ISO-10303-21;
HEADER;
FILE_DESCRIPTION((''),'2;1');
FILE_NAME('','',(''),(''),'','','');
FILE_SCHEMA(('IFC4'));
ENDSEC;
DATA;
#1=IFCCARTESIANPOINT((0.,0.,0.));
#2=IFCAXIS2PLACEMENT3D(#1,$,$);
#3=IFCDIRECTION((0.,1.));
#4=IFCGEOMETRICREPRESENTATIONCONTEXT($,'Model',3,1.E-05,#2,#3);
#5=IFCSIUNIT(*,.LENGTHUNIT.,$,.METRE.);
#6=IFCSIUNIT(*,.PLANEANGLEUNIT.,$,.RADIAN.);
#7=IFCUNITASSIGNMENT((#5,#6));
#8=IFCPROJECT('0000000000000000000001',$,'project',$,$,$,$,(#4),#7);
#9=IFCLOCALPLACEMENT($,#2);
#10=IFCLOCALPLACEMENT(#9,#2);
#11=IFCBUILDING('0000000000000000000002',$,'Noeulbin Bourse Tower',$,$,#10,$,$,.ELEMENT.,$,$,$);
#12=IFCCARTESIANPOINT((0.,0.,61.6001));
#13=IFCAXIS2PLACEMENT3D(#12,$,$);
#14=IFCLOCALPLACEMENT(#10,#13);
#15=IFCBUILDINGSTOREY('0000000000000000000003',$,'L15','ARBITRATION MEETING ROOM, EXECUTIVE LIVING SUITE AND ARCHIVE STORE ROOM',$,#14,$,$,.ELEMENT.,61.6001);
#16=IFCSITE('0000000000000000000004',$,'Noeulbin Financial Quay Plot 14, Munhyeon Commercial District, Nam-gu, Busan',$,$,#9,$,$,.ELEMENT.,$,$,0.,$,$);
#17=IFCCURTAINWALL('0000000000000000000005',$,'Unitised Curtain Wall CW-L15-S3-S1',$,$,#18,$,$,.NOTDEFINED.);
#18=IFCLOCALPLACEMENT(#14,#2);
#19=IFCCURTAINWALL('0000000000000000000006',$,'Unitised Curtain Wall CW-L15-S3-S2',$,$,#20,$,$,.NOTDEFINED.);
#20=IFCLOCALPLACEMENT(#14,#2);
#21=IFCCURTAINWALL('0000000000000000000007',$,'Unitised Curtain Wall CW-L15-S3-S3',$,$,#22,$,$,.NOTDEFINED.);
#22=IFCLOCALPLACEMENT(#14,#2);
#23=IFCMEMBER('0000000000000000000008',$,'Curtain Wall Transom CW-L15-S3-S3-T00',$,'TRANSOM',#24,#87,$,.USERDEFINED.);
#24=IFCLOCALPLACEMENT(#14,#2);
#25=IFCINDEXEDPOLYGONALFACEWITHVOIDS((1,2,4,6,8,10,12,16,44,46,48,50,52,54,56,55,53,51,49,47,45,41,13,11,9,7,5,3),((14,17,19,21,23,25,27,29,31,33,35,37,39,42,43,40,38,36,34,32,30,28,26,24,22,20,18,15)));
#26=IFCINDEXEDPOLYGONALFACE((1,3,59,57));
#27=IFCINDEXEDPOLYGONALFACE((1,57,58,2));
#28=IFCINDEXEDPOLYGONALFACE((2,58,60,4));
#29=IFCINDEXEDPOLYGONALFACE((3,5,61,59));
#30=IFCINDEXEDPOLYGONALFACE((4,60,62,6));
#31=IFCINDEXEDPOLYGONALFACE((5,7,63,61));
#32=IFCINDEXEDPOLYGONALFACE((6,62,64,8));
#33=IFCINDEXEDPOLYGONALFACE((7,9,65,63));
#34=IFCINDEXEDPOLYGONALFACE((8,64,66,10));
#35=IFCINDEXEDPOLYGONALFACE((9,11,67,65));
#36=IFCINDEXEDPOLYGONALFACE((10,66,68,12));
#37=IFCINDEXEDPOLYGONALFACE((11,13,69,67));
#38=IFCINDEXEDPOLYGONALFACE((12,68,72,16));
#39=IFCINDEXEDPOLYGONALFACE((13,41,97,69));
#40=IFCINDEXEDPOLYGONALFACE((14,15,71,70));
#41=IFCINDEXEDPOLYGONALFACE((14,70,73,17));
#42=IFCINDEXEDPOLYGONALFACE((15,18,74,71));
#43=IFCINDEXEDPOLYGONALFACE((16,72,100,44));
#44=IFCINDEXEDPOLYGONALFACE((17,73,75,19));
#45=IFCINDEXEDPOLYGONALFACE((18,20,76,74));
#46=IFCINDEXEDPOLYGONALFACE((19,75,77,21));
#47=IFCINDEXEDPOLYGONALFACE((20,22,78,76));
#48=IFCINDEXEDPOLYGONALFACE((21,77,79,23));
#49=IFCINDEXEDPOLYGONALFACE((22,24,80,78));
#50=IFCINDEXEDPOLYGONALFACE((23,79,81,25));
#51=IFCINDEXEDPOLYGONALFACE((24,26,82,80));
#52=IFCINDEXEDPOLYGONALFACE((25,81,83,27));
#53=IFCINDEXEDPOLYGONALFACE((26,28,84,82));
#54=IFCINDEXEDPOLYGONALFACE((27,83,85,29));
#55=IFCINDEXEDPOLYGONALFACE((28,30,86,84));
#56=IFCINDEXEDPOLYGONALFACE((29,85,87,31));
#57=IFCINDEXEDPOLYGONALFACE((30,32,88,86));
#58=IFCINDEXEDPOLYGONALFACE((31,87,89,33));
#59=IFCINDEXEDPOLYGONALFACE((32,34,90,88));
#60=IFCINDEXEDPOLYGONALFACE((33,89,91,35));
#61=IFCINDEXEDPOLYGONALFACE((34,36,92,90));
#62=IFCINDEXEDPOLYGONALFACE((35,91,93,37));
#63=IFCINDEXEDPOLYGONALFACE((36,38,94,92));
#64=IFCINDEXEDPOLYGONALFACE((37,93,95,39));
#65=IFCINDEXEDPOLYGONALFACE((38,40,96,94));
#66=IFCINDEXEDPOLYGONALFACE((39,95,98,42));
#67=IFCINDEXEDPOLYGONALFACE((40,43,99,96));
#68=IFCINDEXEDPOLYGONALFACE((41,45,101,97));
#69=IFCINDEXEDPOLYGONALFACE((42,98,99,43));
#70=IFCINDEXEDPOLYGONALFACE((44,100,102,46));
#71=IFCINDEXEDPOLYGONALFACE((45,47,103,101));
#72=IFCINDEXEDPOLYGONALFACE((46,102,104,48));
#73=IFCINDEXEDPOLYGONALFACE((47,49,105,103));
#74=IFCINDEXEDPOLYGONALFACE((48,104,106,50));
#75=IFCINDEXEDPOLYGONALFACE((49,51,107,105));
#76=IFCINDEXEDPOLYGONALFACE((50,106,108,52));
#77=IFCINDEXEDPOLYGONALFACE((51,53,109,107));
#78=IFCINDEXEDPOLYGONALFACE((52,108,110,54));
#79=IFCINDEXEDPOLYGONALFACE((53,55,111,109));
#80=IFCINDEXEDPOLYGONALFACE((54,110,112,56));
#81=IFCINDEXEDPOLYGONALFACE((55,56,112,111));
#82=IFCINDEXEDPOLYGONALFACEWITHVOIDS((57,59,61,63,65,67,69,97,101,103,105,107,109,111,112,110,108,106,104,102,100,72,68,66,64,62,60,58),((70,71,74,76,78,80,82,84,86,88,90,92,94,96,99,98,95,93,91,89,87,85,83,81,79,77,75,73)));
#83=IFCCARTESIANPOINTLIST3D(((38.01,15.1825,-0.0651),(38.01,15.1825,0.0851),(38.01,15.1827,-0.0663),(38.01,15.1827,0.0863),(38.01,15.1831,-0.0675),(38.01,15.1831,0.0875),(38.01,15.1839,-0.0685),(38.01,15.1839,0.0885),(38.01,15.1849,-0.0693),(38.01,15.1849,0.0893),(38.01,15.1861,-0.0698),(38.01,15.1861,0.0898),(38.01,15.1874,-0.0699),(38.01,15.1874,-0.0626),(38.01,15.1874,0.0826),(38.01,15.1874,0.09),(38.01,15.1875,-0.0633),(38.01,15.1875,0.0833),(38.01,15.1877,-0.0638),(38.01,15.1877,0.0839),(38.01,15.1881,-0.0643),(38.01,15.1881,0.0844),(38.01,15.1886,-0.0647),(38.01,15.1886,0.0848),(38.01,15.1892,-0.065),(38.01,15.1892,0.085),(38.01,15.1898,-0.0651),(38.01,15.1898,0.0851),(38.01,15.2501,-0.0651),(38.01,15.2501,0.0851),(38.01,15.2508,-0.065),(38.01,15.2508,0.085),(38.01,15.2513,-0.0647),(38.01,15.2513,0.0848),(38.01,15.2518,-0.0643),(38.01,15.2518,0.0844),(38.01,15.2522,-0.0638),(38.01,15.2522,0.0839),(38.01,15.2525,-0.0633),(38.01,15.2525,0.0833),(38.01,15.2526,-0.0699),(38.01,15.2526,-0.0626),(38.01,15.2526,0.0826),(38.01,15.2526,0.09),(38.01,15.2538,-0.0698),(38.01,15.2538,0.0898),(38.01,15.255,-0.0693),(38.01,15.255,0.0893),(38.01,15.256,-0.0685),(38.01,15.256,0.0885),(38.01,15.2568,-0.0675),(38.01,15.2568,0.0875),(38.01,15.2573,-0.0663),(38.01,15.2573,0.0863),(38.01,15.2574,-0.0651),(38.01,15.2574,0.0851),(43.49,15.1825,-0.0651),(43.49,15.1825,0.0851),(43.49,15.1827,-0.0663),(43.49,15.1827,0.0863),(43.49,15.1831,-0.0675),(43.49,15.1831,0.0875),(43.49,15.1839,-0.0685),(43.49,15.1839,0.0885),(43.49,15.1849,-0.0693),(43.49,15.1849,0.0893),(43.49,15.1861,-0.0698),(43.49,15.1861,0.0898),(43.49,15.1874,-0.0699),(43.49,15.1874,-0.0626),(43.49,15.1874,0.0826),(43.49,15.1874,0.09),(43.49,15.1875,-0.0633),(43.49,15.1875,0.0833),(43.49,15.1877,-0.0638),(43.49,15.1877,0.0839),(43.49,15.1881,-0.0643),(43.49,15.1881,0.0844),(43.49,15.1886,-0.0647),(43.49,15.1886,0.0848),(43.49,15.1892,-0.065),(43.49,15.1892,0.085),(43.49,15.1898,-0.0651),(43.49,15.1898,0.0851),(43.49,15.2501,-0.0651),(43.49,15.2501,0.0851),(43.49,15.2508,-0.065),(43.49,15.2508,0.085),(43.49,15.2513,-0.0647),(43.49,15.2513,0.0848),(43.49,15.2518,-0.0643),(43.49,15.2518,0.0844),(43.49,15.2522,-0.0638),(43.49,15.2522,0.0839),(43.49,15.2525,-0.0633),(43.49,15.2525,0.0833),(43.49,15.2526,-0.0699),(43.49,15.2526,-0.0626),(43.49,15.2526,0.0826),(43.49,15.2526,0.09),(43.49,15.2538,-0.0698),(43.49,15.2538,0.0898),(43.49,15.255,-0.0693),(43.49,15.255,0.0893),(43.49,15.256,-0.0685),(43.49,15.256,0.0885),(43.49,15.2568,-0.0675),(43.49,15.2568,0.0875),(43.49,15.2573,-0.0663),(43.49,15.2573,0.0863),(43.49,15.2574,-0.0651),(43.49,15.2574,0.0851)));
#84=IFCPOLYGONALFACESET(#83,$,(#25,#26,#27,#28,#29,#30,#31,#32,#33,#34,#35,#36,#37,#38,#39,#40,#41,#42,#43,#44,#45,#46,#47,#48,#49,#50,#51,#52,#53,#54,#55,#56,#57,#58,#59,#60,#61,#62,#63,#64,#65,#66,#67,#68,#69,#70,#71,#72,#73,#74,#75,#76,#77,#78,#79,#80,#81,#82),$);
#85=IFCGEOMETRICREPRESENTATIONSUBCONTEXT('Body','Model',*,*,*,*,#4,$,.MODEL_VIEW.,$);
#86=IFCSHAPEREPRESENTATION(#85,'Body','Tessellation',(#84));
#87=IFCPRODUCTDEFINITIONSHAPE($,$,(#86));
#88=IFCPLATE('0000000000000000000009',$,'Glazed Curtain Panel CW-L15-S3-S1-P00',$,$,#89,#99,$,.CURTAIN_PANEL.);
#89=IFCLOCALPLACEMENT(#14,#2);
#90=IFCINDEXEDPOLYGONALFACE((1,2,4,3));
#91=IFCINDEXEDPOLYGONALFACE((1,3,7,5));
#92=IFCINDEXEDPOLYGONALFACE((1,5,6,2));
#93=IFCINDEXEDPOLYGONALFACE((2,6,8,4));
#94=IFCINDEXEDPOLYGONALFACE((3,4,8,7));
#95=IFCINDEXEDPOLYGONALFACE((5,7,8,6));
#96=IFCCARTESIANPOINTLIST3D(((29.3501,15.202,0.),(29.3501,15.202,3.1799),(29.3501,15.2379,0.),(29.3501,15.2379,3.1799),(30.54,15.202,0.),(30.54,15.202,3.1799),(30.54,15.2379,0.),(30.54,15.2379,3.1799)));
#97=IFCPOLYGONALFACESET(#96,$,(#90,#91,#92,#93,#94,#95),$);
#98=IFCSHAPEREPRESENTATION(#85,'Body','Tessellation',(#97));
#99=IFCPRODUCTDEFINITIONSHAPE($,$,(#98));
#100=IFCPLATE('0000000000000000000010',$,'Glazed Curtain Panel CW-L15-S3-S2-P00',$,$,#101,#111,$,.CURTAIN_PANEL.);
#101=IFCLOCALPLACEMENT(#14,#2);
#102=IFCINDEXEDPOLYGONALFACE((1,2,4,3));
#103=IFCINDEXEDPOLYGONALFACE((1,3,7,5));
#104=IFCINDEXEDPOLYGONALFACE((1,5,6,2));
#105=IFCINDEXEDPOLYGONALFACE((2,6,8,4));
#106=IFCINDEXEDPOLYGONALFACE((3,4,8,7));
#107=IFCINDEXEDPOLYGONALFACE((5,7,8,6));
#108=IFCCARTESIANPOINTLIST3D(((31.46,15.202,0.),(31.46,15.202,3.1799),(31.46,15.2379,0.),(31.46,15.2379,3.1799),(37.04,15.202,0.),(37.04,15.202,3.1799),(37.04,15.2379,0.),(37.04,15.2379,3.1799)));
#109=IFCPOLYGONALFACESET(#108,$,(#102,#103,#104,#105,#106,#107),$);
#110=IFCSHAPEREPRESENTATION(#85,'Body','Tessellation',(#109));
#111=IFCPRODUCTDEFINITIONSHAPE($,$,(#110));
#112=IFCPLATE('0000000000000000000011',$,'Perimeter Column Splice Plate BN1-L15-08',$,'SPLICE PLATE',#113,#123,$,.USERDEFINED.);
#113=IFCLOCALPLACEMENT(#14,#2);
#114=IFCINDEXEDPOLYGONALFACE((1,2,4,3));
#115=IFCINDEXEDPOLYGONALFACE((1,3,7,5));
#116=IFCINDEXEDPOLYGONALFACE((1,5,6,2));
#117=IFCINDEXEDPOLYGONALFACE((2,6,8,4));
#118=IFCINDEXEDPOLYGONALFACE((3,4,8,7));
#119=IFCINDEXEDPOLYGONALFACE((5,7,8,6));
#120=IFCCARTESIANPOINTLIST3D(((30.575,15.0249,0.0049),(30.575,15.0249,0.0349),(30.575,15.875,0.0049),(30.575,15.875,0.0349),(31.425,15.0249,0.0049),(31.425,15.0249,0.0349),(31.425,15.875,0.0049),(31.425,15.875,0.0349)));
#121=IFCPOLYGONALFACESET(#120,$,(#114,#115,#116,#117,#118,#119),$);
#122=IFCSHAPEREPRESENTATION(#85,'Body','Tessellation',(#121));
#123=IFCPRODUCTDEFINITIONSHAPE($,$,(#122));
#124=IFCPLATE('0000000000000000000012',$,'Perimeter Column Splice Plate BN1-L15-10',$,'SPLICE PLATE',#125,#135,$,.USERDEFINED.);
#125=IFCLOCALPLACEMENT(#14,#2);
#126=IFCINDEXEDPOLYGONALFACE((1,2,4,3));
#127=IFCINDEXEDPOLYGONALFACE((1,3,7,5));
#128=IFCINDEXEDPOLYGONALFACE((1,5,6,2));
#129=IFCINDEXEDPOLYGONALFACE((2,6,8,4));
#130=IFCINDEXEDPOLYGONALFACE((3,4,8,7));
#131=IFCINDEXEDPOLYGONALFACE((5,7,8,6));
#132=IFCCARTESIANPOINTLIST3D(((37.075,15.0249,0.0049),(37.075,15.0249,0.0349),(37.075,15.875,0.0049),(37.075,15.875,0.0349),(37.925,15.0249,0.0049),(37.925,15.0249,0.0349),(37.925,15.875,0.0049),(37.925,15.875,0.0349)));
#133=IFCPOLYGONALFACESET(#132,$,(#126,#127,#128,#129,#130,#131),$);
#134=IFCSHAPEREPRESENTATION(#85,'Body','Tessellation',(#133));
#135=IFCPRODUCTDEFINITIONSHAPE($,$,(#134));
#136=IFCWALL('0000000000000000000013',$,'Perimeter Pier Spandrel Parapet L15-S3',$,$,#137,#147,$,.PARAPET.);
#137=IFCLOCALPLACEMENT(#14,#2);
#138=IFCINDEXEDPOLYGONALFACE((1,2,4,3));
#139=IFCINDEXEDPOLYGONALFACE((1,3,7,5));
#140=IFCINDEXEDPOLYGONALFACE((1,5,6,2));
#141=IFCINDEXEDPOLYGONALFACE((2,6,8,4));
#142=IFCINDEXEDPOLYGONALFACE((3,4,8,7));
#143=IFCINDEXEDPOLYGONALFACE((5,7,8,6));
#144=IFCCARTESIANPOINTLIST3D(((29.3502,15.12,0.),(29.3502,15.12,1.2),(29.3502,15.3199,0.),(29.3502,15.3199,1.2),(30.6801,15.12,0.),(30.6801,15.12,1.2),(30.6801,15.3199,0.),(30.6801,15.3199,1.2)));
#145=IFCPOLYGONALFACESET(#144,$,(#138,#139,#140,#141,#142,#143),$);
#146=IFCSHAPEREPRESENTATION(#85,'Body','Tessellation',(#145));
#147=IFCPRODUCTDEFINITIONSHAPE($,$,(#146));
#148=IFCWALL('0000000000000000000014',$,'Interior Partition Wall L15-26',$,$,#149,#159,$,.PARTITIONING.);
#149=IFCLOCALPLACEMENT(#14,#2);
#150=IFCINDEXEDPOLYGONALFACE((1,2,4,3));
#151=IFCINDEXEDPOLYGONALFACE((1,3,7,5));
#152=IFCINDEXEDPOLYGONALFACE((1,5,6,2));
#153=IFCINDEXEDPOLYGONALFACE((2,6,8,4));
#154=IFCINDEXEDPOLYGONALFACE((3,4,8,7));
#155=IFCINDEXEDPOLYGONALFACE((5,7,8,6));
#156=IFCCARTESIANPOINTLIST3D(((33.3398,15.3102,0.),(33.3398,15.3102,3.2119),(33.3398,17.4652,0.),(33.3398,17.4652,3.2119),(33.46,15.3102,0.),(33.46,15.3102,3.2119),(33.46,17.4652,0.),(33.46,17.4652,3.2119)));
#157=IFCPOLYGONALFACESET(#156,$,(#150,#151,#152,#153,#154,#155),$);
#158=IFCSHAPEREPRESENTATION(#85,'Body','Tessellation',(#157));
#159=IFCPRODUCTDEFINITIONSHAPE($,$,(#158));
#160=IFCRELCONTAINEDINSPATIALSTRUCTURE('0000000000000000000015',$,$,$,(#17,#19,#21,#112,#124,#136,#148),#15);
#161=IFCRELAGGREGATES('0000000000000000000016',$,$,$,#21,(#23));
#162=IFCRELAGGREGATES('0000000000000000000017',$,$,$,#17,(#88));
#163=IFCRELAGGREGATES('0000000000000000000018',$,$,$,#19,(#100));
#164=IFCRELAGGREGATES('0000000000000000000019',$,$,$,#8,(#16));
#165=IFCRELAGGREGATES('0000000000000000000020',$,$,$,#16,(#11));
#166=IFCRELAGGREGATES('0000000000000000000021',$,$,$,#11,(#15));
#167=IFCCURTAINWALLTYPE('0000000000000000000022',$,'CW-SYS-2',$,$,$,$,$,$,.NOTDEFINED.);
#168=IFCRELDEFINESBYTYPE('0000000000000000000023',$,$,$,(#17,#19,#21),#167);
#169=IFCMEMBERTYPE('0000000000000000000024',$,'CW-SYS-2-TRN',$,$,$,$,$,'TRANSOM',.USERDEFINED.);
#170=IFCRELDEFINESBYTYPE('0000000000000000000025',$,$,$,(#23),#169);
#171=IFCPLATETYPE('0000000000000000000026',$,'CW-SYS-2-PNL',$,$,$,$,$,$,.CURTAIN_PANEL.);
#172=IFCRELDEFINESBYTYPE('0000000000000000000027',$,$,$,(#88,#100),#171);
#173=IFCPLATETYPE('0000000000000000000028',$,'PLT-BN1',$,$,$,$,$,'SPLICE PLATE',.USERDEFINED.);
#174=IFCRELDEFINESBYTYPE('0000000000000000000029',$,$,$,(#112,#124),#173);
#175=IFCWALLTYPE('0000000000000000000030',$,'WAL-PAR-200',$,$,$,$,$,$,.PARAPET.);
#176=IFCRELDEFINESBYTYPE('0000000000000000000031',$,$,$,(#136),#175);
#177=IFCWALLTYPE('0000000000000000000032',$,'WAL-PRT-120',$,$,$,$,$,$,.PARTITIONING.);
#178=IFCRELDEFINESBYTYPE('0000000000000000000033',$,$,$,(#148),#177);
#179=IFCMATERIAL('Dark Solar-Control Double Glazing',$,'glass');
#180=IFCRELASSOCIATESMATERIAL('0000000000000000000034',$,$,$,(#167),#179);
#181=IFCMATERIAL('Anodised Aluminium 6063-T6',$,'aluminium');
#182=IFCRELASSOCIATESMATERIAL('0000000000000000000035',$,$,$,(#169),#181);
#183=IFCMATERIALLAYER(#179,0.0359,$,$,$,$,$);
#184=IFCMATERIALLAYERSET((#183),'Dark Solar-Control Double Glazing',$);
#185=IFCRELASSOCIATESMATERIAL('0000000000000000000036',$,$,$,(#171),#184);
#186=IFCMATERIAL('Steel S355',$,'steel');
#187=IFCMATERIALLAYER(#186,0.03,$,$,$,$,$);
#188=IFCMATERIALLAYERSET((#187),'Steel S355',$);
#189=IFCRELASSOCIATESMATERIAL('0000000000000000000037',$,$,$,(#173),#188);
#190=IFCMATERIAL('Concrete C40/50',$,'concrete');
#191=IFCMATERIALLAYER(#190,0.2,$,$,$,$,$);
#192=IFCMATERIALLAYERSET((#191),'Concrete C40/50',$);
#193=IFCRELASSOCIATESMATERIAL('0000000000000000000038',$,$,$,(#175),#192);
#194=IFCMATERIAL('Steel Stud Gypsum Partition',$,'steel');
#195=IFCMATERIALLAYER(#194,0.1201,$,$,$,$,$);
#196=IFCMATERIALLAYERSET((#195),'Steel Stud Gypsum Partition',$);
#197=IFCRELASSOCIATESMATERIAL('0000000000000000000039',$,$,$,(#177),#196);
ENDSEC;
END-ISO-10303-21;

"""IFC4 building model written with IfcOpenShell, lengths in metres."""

from ifc_helpers import new_model, si_unit, direction, frame, frame_2d, origin, origin_2d, place, context, subcontext, project, spatial, rectangle, hollow_rectangle, extrude, material, layer, layer_set, material_profile, profile_set, type_object, element, aggregate, save


model = new_model("IFC4")

# Units and contexts
model_context = context("Model", 3, precision=1e-05, world=origin(), true_north=direction((0.0, 1.0)))
body_context = subcontext(model_context, "Body", "Model", "MODEL_VIEW")
ifc_project = project(units=[si_unit("LENGTHUNIT", "METRE"), si_unit("PLANEANGLEUNIT", "RADIAN")], contexts=[model_context])

# Site, building, storey
site_placement = place(None, origin())
site = spatial("IfcSite", under=ifc_project, at=site_placement, Name="Noeulbin Financial Quay Plot 14, Munhyeon Commercial District, Nam-gu, Busan", CompositionType="ELEMENT", RefElevation=0.0)
building_placement = place(site_placement, origin())
building = spatial("IfcBuilding", under=site, at=building_placement, Name="Noeulbin Bourse Tower", CompositionType="ELEMENT")
storey_placement = place(building_placement, frame((0.0, 0.0, 61.6001)))
storey = spatial("IfcBuildingStorey", under=building, at=storey_placement, Name="L15", Description="ARBITRATION MEETING ROOM, EXECUTIVE LIVING SUITE AND ARCHIVE STORE ROOM", CompositionType="ELEMENT", Elevation=61.6001)

# Shared definitions
ifc_material_1 = material(Name="Steel S355", Category="steel")

# Curtain walls
ifc_material_2 = material(Name="Dark Solar-Control Double Glazing", Category="glass")
curtain_wall_type = type_object("IfcCurtainWallType", Name="CW-SYS-2", PredefinedType="NOTDEFINED", material=ifc_material_2)
curtain_wall_1_placement = place(storey_placement, origin())
curtain_wall_1 = element("IfcCurtainWall", 1, at=curtain_wall_1_placement, inside=storey, type_object=curtain_wall_type, Name="Unitised Curtain Wall CW-L15-S3-S1", PredefinedType="NOTDEFINED")
ifc_material_3 = material(Name="Anodised Aluminium 6063-T6", Category="aluminium")
curtain_wall_2_placement = place(storey_placement, origin())
curtain_wall_2 = element("IfcCurtainWall", 2, at=curtain_wall_2_placement, inside=storey, type_object=curtain_wall_type, Name="Unitised Curtain Wall CW-L15-S3-S2", PredefinedType="NOTDEFINED")

# Curtain wall
curtain_wall_3_placement = place(storey_placement, origin())
curtain_wall_3 = element("IfcCurtainWall", 3, at=curtain_wall_3_placement, inside=storey, type_object=curtain_wall_type, Name="Unitised Curtain Wall CW-L15-S3-S3", PredefinedType="NOTDEFINED")

# Member
ifc_material_profile_1 = material_profile(ifc_material_3, hollow_rectangle(XDim=0.075, YDim=0.1599, WallThickness=0.0049, InnerFilletRadius=0.0024, OuterFilletRadius=0.0049, at=origin_2d()), Name="ALU-TRAN-75x160x5", Category="LoadBearing")
ifc_profile_set_1 = profile_set([ifc_material_profile_1], Name="Anodised Aluminium 6063-T6")
member_type_1 = type_object("IfcMemberType", Name="CW-SYS-2-TRN", ElementType="TRANSOM", PredefinedType="USERDEFINED", material=ifc_profile_set_1)
member_1_placement = place(storey_placement, frame((38.01, 15.22, 0.01), z_axis=(1.0, 0.0, 0.0), x_axis=(0.0, 1.0, 0.0)))
member_1 = element("IfcMember", 4, at=member_1_placement, type_object=member_type_1, Name="Curtain Wall Transom CW-L15-S3-S3-T00", ObjectType="TRANSOM", PredefinedType="USERDEFINED", context=body_context, shape_type="SweptSolid", body=[
    extrude(hollow_rectangle(XDim=0.075, YDim=0.1599, WallThickness=0.0049, InnerFilletRadius=0.0024, OuterFilletRadius=0.0049, at=origin_2d()), origin(), (0.0, 0.0, 1.0), 5.48),
])
aggregate(curtain_wall_3, [member_1])

# Plates
ifc_layer_1 = layer(ifc_material_2, 0.0359)
ifc_layer_set_1 = layer_set([ifc_layer_1], Name="Dark Solar-Control Double Glazing")
plate_type_1 = type_object("IfcPlateType", Name="CW-SYS-2-PNL", PredefinedType="CURTAIN_PANEL", material=ifc_layer_set_1)
plate_1_placement = place(storey_placement, frame((29.9451, 15.22, 0.0), z_axis=(0.0, 0.0, 1.0), x_axis=(1.0, 0.0, 0.0)))
plate_1 = element("IfcPlate", 5, at=plate_1_placement, type_object=plate_type_1, Name="Glazed Curtain Panel CW-L15-S3-S1-P00", PredefinedType="CURTAIN_PANEL", context=body_context, shape_type="SweptSolid", body=[
    extrude(rectangle(XDim=1.1899, YDim=0.0359, at=origin_2d()), origin(), (0.0, 0.0, 1.0), 3.1799),
])
aggregate(curtain_wall_1, [plate_1])
plate_2_placement = place(storey_placement, frame((34.25, 15.22, 0.0), z_axis=(0.0, 0.0, 1.0), x_axis=(1.0, 0.0, 0.0)))
plate_2 = element("IfcPlate", 6, at=plate_2_placement, type_object=plate_type_1, Name="Glazed Curtain Panel CW-L15-S3-S2-P00", PredefinedType="CURTAIN_PANEL", context=body_context, shape_type="SweptSolid", body=[
    extrude(rectangle(XDim=5.5801, YDim=0.0359, at=origin_2d()), origin(), (0.0, 0.0, 1.0), 3.1799),
])
aggregate(curtain_wall_2, [plate_2])

# Plates
ifc_layer_2 = layer(ifc_material_1, 0.03)
ifc_layer_set_2 = layer_set([ifc_layer_2], Name="Steel S355")
plate_type_2 = type_object("IfcPlateType", Name="PLT-BN1", ElementType="SPLICE PLATE", PredefinedType="USERDEFINED", material=ifc_layer_set_2)
for number, where, z_axis, x_axis, name in (
    (7, (31.0, 15.45, 0.0049), (0.0, 0.0, 1.0), (1.0, 0.0, 0.0), "Perimeter Column Splice Plate BN1-L15-08"),
    (8, (37.5, 15.45, 0.0049), (0.0, 0.0, 1.0), (1.0, 0.0, 0.0), "Perimeter Column Splice Plate BN1-L15-10"),
):
    element("IfcPlate", number, at=place(storey_placement, frame(where, z_axis=z_axis, x_axis=x_axis)), inside=storey, type_object=plate_type_2, Name=name, ObjectType="SPLICE PLATE", PredefinedType="USERDEFINED", context=body_context, shape_type="SweptSolid", body=[
        extrude(rectangle(XDim=0.8501, YDim=0.8501, at=origin_2d()), origin(), (0.0, 0.0, 1.0), 0.03),
    ])

# Walls
ifc_material_4 = material(Name="Concrete C40/50", Category="concrete")
ifc_layer_3 = layer(ifc_material_4, 0.2)
ifc_layer_set_3 = layer_set([ifc_layer_3], Name="Concrete C40/50")
wall_type_1 = type_object("IfcWallType", Name="WAL-PAR-200", PredefinedType="PARAPET", material=ifc_layer_set_3)
wall_1_placement = place(storey_placement, frame((29.3501, 15.22, 0.0), z_axis=(0.0, 0.0, 1.0), x_axis=(1.0, 0.0, 0.0)))
element("IfcWall", 9, at=wall_1_placement, inside=storey, type_object=wall_type_1, Name="Perimeter Pier Spandrel Parapet L15-S3", PredefinedType="PARAPET", context=body_context, shape_type="SweptSolid", body=[
    extrude(rectangle(XDim=1.3298, YDim=0.2, at=frame_2d((0.665, 0.0))), origin(), (0.0, 0.0, 1.0), 1.2),
])
ifc_material_5 = material(Name="Steel Stud Gypsum Partition", Category="steel")
ifc_layer_4 = layer(ifc_material_5, 0.1201)
ifc_layer_set_4 = layer_set([ifc_layer_4], Name="Steel Stud Gypsum Partition")
wall_type_2 = type_object("IfcWallType", Name="WAL-PRT-120", PredefinedType="PARTITIONING", material=ifc_layer_set_4)
wall_2_placement = place(storey_placement, frame((33.3999, 15.3101, 0.0), z_axis=(0.0, 0.0, 1.0), x_axis=(0.0, 1.0, 0.0)))
element("IfcWall", 10, at=wall_2_placement, inside=storey, type_object=wall_type_2, Name="Interior Partition Wall L15-26", PredefinedType="PARTITIONING", context=body_context, shape_type="SweptSolid", body=[
    extrude(rectangle(XDim=2.155, YDim=0.1201, at=frame_2d((1.0776, 0.0))), origin(), (0.0, 0.0, 1.0), 3.2119),
])

save(model, "model.ifc")
